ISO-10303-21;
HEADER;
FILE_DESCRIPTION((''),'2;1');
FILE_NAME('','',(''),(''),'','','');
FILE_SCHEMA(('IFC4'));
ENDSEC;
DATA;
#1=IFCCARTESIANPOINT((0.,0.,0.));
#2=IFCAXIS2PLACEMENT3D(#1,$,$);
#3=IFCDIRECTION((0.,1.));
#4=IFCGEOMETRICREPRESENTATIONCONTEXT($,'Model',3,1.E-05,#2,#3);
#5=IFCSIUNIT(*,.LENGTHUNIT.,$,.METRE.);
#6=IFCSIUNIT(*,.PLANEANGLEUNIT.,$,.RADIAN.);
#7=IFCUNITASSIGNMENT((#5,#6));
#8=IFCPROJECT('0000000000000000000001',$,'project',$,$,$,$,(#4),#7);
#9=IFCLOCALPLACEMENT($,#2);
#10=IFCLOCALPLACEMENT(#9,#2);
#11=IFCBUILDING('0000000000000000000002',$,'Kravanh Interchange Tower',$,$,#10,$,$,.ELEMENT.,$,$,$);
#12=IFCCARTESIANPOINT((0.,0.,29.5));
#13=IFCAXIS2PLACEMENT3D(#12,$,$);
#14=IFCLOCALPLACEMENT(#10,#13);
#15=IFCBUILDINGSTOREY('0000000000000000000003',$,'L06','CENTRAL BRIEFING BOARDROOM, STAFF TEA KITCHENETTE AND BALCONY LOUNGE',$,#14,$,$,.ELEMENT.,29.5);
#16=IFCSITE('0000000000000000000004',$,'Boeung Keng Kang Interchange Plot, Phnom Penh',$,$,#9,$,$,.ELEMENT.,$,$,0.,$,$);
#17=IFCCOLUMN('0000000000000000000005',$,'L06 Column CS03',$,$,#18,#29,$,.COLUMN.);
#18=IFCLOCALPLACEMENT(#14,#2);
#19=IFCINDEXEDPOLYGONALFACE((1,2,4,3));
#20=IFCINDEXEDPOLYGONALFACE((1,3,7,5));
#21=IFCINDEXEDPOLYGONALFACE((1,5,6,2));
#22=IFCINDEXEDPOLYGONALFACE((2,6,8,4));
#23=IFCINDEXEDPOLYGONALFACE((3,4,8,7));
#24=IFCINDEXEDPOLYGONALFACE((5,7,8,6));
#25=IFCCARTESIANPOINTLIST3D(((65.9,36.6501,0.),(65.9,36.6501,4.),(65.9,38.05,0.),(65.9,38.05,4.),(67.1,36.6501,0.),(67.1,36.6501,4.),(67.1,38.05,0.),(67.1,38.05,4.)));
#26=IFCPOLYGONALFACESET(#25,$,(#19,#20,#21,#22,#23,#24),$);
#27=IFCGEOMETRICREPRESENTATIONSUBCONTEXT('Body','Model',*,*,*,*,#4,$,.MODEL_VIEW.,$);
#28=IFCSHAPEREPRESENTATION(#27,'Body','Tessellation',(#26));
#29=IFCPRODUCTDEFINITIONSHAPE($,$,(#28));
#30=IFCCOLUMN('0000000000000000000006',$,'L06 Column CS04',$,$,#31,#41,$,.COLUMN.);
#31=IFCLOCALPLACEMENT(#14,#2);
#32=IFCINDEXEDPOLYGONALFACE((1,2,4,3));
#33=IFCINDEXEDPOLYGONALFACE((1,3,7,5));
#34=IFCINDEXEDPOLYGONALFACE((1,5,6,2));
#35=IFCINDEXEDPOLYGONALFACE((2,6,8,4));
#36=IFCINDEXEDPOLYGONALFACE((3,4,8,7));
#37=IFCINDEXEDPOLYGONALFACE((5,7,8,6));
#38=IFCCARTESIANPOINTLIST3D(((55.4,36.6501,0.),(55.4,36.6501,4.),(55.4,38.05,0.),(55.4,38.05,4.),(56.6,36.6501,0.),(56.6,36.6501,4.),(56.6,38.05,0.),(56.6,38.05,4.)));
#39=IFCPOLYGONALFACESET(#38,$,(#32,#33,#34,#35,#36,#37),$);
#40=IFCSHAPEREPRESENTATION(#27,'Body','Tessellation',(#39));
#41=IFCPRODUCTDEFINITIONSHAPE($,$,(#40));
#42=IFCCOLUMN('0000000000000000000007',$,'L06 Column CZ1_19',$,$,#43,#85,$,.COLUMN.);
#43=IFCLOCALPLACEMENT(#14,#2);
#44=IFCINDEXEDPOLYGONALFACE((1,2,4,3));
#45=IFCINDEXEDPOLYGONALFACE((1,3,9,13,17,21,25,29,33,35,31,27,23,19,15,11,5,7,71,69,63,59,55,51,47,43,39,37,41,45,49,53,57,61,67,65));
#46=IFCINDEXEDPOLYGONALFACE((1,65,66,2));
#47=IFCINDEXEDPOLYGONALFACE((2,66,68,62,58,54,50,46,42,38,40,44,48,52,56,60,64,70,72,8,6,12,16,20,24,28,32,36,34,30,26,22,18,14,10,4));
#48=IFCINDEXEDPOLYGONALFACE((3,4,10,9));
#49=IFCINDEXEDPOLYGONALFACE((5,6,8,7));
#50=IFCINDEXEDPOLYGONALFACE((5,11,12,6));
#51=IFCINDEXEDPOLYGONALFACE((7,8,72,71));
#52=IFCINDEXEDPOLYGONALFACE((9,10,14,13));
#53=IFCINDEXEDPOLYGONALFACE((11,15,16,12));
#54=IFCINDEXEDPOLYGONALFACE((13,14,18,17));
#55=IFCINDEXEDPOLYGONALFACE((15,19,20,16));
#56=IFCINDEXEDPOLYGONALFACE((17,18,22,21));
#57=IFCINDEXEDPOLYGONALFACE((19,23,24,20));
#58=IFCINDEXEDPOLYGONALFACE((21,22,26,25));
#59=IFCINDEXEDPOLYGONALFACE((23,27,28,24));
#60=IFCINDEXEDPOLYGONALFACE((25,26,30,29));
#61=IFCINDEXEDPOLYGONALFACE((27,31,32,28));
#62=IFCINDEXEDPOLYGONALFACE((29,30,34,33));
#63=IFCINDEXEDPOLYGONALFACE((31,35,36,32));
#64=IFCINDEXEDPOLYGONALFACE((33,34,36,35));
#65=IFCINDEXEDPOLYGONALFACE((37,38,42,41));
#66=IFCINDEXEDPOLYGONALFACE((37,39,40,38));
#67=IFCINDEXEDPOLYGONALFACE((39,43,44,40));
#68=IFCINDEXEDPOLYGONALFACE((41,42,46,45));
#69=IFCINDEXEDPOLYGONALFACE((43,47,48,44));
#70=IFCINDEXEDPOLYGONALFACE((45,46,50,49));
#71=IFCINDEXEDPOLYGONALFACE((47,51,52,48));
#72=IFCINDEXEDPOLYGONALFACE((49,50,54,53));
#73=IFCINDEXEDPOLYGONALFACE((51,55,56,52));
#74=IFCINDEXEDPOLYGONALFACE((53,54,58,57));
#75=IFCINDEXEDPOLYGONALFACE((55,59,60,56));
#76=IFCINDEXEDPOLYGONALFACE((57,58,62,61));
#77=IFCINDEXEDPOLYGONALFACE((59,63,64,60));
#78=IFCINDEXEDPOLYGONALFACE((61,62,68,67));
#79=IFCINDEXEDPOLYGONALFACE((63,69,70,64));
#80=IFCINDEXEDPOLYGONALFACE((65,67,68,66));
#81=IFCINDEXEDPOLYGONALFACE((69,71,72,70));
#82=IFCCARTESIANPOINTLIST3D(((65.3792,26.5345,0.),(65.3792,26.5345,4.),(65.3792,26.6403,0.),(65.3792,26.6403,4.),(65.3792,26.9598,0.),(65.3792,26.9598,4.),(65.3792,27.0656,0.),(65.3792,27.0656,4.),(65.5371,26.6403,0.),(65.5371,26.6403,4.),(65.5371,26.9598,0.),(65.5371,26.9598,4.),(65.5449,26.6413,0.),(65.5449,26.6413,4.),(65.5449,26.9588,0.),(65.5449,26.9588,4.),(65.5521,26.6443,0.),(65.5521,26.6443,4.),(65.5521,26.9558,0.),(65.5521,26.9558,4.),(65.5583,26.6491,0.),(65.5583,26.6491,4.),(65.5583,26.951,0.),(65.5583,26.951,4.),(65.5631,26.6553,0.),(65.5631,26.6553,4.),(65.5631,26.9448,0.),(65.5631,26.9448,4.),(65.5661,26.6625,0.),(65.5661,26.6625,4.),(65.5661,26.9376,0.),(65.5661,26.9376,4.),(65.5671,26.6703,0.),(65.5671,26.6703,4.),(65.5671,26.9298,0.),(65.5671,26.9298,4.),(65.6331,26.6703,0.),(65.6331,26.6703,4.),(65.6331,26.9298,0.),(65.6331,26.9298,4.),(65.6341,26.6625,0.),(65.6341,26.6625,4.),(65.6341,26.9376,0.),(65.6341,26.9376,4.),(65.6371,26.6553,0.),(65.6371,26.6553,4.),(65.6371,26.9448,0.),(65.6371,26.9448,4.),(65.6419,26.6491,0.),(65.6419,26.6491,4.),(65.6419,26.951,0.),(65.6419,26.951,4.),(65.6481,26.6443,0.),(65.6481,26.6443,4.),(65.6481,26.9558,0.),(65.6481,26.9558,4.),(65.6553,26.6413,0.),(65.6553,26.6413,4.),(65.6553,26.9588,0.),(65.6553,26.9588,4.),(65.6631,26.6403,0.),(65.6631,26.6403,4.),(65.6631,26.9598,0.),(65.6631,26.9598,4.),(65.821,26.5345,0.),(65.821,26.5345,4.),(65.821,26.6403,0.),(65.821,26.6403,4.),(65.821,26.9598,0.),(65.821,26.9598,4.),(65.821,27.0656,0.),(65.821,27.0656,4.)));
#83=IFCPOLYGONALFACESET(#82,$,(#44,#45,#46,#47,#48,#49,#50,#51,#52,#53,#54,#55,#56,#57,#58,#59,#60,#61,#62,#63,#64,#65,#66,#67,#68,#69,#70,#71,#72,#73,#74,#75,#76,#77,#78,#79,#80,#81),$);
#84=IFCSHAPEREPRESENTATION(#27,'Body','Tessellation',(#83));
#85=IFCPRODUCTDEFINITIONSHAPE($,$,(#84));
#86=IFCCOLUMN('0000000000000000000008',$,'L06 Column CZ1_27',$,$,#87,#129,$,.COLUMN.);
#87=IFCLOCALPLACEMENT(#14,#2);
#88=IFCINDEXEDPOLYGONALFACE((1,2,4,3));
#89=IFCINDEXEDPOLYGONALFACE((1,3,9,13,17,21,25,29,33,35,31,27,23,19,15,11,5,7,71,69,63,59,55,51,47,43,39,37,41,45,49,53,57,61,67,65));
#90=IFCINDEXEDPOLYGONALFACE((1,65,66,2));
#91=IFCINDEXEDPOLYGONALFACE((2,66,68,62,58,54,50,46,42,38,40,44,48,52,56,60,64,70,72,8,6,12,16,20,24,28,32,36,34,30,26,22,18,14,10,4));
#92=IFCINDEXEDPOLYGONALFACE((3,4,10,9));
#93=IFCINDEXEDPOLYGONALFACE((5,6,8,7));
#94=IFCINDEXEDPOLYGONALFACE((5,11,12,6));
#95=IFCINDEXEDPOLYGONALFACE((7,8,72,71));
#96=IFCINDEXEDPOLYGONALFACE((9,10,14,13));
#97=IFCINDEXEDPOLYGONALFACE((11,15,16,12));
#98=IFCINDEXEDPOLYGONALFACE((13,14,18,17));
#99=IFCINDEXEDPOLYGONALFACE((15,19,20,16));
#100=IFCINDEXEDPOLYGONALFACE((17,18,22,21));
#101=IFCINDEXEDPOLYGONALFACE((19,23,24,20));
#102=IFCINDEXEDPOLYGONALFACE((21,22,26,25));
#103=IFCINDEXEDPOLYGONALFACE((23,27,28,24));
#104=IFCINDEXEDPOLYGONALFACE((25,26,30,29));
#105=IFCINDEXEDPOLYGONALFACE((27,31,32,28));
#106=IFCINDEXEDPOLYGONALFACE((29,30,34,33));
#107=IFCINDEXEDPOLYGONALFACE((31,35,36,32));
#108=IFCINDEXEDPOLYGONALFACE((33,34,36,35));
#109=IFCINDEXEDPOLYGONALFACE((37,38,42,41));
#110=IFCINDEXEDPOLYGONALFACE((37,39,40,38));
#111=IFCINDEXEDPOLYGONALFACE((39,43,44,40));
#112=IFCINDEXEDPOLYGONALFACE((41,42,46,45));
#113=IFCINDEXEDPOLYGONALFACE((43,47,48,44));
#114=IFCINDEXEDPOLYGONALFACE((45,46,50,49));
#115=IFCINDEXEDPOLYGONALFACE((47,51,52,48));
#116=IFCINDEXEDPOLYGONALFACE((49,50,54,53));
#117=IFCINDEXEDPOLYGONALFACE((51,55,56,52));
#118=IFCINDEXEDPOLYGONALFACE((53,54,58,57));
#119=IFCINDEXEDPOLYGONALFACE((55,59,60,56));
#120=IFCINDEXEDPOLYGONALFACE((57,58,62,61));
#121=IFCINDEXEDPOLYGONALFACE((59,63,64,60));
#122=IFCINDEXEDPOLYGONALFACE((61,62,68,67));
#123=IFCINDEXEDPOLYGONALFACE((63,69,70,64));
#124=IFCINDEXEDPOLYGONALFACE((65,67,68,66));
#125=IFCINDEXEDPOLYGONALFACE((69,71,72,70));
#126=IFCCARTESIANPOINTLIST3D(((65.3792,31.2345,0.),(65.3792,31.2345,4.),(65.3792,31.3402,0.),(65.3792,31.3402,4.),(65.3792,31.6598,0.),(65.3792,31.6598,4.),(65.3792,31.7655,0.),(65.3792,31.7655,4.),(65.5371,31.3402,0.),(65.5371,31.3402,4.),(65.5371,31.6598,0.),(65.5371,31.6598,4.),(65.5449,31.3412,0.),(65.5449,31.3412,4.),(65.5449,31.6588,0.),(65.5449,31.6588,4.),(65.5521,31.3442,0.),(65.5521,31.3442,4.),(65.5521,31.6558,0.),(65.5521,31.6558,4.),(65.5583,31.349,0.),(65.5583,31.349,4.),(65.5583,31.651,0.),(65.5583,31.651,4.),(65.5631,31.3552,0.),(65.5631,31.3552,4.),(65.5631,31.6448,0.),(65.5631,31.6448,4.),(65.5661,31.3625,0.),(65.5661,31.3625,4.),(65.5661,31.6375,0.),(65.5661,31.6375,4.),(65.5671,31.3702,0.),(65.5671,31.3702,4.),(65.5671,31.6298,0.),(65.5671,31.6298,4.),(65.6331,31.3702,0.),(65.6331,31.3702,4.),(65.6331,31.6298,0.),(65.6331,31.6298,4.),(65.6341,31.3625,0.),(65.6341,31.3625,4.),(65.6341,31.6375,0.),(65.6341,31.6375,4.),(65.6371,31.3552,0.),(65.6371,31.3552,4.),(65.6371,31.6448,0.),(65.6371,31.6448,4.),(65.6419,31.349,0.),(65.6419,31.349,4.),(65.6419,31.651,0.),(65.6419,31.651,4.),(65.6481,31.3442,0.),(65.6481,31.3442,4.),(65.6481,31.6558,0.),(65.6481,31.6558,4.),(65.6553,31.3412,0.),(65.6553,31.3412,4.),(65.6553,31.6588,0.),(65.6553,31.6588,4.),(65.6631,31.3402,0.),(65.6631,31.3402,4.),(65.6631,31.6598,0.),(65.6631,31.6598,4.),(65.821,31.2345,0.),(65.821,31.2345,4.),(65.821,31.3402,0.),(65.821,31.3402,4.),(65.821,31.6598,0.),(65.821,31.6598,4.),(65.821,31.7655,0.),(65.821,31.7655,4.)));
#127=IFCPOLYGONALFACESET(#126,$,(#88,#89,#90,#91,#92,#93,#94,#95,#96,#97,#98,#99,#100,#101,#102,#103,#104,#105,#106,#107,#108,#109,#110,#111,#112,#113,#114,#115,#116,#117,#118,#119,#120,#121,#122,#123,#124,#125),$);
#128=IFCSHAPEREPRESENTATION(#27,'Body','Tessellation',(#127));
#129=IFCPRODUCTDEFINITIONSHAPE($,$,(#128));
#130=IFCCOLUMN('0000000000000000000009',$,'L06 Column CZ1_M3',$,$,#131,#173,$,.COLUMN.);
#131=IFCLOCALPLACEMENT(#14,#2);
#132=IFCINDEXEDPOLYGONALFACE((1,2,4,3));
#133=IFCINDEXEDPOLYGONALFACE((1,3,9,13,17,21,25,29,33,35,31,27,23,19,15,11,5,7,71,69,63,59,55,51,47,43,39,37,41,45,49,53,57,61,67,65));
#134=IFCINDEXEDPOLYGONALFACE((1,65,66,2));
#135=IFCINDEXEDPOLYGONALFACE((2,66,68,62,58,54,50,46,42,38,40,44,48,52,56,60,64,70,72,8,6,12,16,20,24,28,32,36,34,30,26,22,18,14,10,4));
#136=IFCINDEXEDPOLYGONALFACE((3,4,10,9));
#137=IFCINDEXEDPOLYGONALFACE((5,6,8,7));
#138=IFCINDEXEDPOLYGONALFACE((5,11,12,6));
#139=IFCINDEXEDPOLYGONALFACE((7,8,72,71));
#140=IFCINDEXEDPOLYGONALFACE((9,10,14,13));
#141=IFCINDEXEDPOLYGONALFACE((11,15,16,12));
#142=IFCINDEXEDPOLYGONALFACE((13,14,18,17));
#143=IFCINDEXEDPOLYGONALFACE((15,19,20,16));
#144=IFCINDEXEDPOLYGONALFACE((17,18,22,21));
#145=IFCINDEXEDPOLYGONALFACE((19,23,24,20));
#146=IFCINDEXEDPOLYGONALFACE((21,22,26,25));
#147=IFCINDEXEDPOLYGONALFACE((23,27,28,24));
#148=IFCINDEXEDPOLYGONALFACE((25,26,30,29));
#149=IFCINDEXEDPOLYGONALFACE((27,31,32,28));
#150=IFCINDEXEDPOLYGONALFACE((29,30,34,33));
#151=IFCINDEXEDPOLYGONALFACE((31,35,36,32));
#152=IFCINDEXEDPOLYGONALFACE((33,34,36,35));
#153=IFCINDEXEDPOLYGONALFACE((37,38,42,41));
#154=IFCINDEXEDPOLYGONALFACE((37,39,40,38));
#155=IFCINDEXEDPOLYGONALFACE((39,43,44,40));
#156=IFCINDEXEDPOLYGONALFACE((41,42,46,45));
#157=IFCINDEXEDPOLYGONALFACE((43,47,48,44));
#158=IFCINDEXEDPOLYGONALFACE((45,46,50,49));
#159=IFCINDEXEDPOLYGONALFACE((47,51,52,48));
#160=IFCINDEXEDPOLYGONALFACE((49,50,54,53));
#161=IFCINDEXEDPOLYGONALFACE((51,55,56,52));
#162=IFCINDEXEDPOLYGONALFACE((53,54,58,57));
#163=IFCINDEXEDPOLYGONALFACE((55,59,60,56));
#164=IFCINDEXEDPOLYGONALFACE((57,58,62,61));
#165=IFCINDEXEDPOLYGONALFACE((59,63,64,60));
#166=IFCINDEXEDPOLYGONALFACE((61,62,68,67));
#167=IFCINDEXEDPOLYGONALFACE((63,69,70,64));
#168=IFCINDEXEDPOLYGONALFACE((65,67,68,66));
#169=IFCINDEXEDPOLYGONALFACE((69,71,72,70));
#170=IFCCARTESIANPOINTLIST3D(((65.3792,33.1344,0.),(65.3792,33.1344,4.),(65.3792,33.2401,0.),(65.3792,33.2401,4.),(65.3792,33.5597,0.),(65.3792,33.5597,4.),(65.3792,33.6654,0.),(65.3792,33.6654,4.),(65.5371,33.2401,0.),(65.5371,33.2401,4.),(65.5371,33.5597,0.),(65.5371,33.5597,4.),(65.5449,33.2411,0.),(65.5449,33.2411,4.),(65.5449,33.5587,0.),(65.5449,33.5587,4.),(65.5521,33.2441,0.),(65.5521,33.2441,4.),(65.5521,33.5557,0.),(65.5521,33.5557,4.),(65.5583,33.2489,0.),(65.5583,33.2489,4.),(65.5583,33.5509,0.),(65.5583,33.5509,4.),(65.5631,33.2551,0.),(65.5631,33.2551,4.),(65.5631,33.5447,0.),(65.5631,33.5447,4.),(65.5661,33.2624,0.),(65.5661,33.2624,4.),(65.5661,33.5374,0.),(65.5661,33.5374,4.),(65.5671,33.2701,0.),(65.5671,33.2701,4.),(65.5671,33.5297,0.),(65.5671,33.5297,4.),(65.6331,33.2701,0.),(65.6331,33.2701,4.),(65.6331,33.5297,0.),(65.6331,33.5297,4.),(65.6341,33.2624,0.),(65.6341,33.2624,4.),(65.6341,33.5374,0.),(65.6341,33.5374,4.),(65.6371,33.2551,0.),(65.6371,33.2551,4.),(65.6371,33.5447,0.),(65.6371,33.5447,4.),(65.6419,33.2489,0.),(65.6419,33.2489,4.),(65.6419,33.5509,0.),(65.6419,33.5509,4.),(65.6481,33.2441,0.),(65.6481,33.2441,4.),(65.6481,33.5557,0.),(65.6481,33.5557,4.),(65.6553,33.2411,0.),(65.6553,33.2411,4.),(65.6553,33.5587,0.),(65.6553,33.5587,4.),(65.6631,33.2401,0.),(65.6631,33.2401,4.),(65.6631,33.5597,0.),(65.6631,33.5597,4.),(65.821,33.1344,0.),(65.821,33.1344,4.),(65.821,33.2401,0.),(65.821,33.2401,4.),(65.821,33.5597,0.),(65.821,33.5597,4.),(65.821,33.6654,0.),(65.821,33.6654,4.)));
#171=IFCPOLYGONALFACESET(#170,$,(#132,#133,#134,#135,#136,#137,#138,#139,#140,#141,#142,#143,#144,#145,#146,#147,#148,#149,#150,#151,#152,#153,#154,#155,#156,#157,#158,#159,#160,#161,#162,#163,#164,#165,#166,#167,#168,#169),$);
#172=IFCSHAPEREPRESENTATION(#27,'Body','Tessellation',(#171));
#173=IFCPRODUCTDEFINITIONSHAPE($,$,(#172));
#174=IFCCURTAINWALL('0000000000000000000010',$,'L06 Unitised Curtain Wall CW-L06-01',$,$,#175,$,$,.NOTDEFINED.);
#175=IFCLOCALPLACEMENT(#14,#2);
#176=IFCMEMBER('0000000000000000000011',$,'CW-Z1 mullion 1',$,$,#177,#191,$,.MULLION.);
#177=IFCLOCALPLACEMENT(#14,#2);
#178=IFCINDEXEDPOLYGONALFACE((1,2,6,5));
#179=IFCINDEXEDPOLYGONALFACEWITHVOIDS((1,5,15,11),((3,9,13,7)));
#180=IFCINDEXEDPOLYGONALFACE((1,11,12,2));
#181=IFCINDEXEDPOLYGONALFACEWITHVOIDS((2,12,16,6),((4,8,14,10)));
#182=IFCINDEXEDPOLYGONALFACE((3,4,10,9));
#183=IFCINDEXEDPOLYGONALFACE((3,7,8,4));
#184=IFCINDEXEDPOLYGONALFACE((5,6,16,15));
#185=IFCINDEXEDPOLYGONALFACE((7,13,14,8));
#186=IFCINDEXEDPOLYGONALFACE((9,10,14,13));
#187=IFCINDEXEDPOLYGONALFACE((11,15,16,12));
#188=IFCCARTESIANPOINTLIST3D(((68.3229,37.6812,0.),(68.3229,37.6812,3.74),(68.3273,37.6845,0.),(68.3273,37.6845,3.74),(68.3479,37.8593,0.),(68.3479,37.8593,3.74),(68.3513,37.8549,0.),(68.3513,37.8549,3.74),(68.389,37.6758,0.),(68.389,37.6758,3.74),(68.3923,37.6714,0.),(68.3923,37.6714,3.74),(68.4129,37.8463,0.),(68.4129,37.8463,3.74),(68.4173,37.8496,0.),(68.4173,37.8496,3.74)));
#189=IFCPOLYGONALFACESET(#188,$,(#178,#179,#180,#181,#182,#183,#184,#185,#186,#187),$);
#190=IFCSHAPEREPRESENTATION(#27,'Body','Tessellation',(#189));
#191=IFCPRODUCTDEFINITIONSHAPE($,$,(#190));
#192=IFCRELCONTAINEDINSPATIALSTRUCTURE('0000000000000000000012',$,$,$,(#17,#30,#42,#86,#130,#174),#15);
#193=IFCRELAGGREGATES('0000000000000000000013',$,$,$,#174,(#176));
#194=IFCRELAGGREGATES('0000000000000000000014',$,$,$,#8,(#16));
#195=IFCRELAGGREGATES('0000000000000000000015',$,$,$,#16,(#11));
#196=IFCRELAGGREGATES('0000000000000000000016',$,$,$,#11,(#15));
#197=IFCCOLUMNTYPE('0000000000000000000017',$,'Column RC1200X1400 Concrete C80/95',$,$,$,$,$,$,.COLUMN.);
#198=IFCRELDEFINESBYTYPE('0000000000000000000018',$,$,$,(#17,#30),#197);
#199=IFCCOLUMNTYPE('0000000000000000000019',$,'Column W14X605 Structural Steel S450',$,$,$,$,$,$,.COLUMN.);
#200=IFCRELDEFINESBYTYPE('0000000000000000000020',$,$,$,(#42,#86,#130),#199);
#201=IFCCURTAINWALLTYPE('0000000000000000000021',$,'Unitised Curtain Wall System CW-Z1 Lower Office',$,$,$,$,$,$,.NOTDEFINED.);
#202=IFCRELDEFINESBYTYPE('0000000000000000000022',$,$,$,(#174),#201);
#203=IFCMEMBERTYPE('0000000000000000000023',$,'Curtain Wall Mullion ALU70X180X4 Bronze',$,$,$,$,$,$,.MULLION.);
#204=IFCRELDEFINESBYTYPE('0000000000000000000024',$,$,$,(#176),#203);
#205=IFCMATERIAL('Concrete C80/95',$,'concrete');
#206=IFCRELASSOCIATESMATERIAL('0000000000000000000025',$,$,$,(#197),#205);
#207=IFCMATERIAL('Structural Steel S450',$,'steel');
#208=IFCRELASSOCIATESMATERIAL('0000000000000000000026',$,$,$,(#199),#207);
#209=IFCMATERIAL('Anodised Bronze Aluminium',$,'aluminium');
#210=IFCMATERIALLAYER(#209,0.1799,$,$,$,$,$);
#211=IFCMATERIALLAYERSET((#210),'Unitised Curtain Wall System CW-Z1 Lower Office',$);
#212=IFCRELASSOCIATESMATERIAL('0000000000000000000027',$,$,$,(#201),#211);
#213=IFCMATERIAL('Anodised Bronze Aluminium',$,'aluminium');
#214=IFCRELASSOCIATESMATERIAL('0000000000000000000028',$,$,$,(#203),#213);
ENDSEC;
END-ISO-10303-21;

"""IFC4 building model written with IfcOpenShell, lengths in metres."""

from ifc_helpers import new_model, si_unit, direction, frame, origin, origin_2d, place, context, subcontext, project, spatial, rectangle, hollow_rectangle, i_section, extrude, material, layer, layer_set, material_profile, profile_set, type_object, element, aggregate, save


model = new_model("IFC4")

# Units and contexts
model_context = context("Model", 3, precision=1e-05, world=origin(), true_north=direction((0.0, 1.0)))
body_context = subcontext(model_context, "Body", "Model", "MODEL_VIEW")
ifc_project = project(units=[si_unit("LENGTHUNIT", "METRE"), si_unit("PLANEANGLEUNIT", "RADIAN")], contexts=[model_context])

# Site, building, storey
site_placement = place(None, origin())
site = spatial("IfcSite", under=ifc_project, at=site_placement, Name="Boeung Keng Kang Interchange Plot, Phnom Penh", CompositionType="ELEMENT", RefElevation=0.0)
building_placement = place(site_placement, origin())
building = spatial("IfcBuilding", under=site, at=building_placement, Name="Kravanh Interchange Tower", CompositionType="ELEMENT")
storey_placement = place(building_placement, frame((0.0, 0.0, 29.5)))
storey = spatial("IfcBuildingStorey", under=building, at=storey_placement, Name="L06", Description="CENTRAL BRIEFING BOARDROOM, STAFF TEA KITCHENETTE AND BALCONY LOUNGE", CompositionType="ELEMENT", Elevation=29.5)

# Columns
ifc_material_1 = material(Name="Concrete C80/95", Category="concrete")
ifc_material_profile_1 = material_profile(ifc_material_1, rectangle(XDim=1.2, YDim=1.3999, at=origin_2d()), Name="RC1200X1400")
ifc_profile_set_1 = profile_set([ifc_material_profile_1], Name="Concrete C80/95")
column_type_1 = type_object("IfcColumnType", Name="Column RC1200X1400 Concrete C80/95", PredefinedType="COLUMN", material=ifc_profile_set_1)
for number, where, z_axis, x_axis, name in (
    (1, (66.5, 37.3501, 0.0), (0.0, 0.0, 1.0), (1.0, 0.0, 0.0), "L06 Column CS03"),
    (2, (56.0, 37.3501, 0.0), (0.0, 0.0, 1.0), (1.0, 0.0, 0.0), "L06 Column CS04"),
):
    element("IfcColumn", number, at=place(storey_placement, frame(where, z_axis=z_axis, x_axis=x_axis)), inside=storey, type_object=column_type_1, Name=name, PredefinedType="COLUMN", context=body_context, shape_type="SweptSolid", body=[
        extrude(rectangle(XDim=1.2, YDim=1.3999, at=origin_2d()), origin(), (0.0, 0.0, 1.0), 4.0),
    ])
ifc_material_2 = material(Name="Structural Steel S450", Category="steel")
ifc_material_profile_2 = material_profile(ifc_material_2, i_section(OverallWidth=0.4419, OverallDepth=0.531, WebThickness=0.0659, FlangeThickness=0.1057, FilletRadius=0.03, at=origin_2d()), Name="W14X605")
ifc_profile_set_2 = profile_set([ifc_material_profile_2], Name="Structural Steel S450")
column_type_2 = type_object("IfcColumnType", Name="Column W14X605 Structural Steel S450", PredefinedType="COLUMN", material=ifc_profile_set_2)
for number, where, z_axis, x_axis, name in (
    (3, (65.6001, 26.8, 0.0), (0.0, 0.0, 1.0), (1.0, 0.0, 0.0), "L06 Column CZ1_19"),
    (4, (65.6001, 31.5, 0.0), (0.0, 0.0, 1.0), (1.0, 0.0, 0.0), "L06 Column CZ1_27"),
    (5, (65.6001, 33.3999, 0.0), (0.0, 0.0, 1.0), (1.0, 0.0, 0.0), "L06 Column CZ1_M3"),
):
    element("IfcColumn", number, at=place(storey_placement, frame(where, z_axis=z_axis, x_axis=x_axis)), inside=storey, type_object=column_type_2, Name=name, PredefinedType="COLUMN", context=body_context, shape_type="SweptSolid", body=[
        extrude(i_section(OverallWidth=0.4419, OverallDepth=0.531, WebThickness=0.0659, FlangeThickness=0.1057, FilletRadius=0.03, at=origin_2d()), origin(), (0.0, 0.0, 1.0), 4.0),
    ])

# Curtain wall, member
ifc_material_3 = material(Name="Anodised Bronze Aluminium", Category="aluminium")
ifc_layer_1 = layer(ifc_material_3, 0.1799)
ifc_layer_set_1 = layer_set([ifc_layer_1], Name="Unitised Curtain Wall System CW-Z1 Lower Office")
curtain_wall_type = type_object("IfcCurtainWallType", Name="Unitised Curtain Wall System CW-Z1 Lower Office", PredefinedType="NOTDEFINED", material=ifc_layer_set_1)
curtain_wall_placement = place(storey_placement, origin())
curtain_wall = element("IfcCurtainWall", 6, at=curtain_wall_placement, inside=storey, type_object=curtain_wall_type, Name="L06 Unitised Curtain Wall CW-L06-01", PredefinedType="NOTDEFINED")
ifc_material_4 = material(Name="Anodised Bronze Aluminium", Category="aluminium")
ifc_material_profile_3 = material_profile(ifc_material_4, hollow_rectangle(XDim=0.0701, YDim=0.1799, WallThickness=0.0039, at=origin_2d()), Name="ALU70X180X4")
ifc_profile_set_3 = profile_set([ifc_material_profile_3], Name="Anodised Bronze Aluminium")
member_type_1 = type_object("IfcMemberType", Name="Curtain Wall Mullion ALU70X180X4 Bronze", PredefinedType="MULLION", material=ifc_profile_set_3)
member_1_placement = place(storey_placement, frame((68.3701, 37.7654, 0.0), z_axis=(0.0, 0.0, 1.0), x_axis=(0.990268, -0.139177, 0.0)))
member_1 = element("IfcMember", 7, at=member_1_placement, type_object=member_type_1, Name="CW-Z1 mullion 1", PredefinedType="MULLION", context=body_context, shape_type="SweptSolid", body=[
    extrude(hollow_rectangle(XDim=0.0701, YDim=0.1799, WallThickness=0.0039, at=origin_2d()), origin(), (0.0, 0.0, 1.0), 3.74),
])

aggregate(curtain_wall, [member_1])

save(model, "model.ifc")
